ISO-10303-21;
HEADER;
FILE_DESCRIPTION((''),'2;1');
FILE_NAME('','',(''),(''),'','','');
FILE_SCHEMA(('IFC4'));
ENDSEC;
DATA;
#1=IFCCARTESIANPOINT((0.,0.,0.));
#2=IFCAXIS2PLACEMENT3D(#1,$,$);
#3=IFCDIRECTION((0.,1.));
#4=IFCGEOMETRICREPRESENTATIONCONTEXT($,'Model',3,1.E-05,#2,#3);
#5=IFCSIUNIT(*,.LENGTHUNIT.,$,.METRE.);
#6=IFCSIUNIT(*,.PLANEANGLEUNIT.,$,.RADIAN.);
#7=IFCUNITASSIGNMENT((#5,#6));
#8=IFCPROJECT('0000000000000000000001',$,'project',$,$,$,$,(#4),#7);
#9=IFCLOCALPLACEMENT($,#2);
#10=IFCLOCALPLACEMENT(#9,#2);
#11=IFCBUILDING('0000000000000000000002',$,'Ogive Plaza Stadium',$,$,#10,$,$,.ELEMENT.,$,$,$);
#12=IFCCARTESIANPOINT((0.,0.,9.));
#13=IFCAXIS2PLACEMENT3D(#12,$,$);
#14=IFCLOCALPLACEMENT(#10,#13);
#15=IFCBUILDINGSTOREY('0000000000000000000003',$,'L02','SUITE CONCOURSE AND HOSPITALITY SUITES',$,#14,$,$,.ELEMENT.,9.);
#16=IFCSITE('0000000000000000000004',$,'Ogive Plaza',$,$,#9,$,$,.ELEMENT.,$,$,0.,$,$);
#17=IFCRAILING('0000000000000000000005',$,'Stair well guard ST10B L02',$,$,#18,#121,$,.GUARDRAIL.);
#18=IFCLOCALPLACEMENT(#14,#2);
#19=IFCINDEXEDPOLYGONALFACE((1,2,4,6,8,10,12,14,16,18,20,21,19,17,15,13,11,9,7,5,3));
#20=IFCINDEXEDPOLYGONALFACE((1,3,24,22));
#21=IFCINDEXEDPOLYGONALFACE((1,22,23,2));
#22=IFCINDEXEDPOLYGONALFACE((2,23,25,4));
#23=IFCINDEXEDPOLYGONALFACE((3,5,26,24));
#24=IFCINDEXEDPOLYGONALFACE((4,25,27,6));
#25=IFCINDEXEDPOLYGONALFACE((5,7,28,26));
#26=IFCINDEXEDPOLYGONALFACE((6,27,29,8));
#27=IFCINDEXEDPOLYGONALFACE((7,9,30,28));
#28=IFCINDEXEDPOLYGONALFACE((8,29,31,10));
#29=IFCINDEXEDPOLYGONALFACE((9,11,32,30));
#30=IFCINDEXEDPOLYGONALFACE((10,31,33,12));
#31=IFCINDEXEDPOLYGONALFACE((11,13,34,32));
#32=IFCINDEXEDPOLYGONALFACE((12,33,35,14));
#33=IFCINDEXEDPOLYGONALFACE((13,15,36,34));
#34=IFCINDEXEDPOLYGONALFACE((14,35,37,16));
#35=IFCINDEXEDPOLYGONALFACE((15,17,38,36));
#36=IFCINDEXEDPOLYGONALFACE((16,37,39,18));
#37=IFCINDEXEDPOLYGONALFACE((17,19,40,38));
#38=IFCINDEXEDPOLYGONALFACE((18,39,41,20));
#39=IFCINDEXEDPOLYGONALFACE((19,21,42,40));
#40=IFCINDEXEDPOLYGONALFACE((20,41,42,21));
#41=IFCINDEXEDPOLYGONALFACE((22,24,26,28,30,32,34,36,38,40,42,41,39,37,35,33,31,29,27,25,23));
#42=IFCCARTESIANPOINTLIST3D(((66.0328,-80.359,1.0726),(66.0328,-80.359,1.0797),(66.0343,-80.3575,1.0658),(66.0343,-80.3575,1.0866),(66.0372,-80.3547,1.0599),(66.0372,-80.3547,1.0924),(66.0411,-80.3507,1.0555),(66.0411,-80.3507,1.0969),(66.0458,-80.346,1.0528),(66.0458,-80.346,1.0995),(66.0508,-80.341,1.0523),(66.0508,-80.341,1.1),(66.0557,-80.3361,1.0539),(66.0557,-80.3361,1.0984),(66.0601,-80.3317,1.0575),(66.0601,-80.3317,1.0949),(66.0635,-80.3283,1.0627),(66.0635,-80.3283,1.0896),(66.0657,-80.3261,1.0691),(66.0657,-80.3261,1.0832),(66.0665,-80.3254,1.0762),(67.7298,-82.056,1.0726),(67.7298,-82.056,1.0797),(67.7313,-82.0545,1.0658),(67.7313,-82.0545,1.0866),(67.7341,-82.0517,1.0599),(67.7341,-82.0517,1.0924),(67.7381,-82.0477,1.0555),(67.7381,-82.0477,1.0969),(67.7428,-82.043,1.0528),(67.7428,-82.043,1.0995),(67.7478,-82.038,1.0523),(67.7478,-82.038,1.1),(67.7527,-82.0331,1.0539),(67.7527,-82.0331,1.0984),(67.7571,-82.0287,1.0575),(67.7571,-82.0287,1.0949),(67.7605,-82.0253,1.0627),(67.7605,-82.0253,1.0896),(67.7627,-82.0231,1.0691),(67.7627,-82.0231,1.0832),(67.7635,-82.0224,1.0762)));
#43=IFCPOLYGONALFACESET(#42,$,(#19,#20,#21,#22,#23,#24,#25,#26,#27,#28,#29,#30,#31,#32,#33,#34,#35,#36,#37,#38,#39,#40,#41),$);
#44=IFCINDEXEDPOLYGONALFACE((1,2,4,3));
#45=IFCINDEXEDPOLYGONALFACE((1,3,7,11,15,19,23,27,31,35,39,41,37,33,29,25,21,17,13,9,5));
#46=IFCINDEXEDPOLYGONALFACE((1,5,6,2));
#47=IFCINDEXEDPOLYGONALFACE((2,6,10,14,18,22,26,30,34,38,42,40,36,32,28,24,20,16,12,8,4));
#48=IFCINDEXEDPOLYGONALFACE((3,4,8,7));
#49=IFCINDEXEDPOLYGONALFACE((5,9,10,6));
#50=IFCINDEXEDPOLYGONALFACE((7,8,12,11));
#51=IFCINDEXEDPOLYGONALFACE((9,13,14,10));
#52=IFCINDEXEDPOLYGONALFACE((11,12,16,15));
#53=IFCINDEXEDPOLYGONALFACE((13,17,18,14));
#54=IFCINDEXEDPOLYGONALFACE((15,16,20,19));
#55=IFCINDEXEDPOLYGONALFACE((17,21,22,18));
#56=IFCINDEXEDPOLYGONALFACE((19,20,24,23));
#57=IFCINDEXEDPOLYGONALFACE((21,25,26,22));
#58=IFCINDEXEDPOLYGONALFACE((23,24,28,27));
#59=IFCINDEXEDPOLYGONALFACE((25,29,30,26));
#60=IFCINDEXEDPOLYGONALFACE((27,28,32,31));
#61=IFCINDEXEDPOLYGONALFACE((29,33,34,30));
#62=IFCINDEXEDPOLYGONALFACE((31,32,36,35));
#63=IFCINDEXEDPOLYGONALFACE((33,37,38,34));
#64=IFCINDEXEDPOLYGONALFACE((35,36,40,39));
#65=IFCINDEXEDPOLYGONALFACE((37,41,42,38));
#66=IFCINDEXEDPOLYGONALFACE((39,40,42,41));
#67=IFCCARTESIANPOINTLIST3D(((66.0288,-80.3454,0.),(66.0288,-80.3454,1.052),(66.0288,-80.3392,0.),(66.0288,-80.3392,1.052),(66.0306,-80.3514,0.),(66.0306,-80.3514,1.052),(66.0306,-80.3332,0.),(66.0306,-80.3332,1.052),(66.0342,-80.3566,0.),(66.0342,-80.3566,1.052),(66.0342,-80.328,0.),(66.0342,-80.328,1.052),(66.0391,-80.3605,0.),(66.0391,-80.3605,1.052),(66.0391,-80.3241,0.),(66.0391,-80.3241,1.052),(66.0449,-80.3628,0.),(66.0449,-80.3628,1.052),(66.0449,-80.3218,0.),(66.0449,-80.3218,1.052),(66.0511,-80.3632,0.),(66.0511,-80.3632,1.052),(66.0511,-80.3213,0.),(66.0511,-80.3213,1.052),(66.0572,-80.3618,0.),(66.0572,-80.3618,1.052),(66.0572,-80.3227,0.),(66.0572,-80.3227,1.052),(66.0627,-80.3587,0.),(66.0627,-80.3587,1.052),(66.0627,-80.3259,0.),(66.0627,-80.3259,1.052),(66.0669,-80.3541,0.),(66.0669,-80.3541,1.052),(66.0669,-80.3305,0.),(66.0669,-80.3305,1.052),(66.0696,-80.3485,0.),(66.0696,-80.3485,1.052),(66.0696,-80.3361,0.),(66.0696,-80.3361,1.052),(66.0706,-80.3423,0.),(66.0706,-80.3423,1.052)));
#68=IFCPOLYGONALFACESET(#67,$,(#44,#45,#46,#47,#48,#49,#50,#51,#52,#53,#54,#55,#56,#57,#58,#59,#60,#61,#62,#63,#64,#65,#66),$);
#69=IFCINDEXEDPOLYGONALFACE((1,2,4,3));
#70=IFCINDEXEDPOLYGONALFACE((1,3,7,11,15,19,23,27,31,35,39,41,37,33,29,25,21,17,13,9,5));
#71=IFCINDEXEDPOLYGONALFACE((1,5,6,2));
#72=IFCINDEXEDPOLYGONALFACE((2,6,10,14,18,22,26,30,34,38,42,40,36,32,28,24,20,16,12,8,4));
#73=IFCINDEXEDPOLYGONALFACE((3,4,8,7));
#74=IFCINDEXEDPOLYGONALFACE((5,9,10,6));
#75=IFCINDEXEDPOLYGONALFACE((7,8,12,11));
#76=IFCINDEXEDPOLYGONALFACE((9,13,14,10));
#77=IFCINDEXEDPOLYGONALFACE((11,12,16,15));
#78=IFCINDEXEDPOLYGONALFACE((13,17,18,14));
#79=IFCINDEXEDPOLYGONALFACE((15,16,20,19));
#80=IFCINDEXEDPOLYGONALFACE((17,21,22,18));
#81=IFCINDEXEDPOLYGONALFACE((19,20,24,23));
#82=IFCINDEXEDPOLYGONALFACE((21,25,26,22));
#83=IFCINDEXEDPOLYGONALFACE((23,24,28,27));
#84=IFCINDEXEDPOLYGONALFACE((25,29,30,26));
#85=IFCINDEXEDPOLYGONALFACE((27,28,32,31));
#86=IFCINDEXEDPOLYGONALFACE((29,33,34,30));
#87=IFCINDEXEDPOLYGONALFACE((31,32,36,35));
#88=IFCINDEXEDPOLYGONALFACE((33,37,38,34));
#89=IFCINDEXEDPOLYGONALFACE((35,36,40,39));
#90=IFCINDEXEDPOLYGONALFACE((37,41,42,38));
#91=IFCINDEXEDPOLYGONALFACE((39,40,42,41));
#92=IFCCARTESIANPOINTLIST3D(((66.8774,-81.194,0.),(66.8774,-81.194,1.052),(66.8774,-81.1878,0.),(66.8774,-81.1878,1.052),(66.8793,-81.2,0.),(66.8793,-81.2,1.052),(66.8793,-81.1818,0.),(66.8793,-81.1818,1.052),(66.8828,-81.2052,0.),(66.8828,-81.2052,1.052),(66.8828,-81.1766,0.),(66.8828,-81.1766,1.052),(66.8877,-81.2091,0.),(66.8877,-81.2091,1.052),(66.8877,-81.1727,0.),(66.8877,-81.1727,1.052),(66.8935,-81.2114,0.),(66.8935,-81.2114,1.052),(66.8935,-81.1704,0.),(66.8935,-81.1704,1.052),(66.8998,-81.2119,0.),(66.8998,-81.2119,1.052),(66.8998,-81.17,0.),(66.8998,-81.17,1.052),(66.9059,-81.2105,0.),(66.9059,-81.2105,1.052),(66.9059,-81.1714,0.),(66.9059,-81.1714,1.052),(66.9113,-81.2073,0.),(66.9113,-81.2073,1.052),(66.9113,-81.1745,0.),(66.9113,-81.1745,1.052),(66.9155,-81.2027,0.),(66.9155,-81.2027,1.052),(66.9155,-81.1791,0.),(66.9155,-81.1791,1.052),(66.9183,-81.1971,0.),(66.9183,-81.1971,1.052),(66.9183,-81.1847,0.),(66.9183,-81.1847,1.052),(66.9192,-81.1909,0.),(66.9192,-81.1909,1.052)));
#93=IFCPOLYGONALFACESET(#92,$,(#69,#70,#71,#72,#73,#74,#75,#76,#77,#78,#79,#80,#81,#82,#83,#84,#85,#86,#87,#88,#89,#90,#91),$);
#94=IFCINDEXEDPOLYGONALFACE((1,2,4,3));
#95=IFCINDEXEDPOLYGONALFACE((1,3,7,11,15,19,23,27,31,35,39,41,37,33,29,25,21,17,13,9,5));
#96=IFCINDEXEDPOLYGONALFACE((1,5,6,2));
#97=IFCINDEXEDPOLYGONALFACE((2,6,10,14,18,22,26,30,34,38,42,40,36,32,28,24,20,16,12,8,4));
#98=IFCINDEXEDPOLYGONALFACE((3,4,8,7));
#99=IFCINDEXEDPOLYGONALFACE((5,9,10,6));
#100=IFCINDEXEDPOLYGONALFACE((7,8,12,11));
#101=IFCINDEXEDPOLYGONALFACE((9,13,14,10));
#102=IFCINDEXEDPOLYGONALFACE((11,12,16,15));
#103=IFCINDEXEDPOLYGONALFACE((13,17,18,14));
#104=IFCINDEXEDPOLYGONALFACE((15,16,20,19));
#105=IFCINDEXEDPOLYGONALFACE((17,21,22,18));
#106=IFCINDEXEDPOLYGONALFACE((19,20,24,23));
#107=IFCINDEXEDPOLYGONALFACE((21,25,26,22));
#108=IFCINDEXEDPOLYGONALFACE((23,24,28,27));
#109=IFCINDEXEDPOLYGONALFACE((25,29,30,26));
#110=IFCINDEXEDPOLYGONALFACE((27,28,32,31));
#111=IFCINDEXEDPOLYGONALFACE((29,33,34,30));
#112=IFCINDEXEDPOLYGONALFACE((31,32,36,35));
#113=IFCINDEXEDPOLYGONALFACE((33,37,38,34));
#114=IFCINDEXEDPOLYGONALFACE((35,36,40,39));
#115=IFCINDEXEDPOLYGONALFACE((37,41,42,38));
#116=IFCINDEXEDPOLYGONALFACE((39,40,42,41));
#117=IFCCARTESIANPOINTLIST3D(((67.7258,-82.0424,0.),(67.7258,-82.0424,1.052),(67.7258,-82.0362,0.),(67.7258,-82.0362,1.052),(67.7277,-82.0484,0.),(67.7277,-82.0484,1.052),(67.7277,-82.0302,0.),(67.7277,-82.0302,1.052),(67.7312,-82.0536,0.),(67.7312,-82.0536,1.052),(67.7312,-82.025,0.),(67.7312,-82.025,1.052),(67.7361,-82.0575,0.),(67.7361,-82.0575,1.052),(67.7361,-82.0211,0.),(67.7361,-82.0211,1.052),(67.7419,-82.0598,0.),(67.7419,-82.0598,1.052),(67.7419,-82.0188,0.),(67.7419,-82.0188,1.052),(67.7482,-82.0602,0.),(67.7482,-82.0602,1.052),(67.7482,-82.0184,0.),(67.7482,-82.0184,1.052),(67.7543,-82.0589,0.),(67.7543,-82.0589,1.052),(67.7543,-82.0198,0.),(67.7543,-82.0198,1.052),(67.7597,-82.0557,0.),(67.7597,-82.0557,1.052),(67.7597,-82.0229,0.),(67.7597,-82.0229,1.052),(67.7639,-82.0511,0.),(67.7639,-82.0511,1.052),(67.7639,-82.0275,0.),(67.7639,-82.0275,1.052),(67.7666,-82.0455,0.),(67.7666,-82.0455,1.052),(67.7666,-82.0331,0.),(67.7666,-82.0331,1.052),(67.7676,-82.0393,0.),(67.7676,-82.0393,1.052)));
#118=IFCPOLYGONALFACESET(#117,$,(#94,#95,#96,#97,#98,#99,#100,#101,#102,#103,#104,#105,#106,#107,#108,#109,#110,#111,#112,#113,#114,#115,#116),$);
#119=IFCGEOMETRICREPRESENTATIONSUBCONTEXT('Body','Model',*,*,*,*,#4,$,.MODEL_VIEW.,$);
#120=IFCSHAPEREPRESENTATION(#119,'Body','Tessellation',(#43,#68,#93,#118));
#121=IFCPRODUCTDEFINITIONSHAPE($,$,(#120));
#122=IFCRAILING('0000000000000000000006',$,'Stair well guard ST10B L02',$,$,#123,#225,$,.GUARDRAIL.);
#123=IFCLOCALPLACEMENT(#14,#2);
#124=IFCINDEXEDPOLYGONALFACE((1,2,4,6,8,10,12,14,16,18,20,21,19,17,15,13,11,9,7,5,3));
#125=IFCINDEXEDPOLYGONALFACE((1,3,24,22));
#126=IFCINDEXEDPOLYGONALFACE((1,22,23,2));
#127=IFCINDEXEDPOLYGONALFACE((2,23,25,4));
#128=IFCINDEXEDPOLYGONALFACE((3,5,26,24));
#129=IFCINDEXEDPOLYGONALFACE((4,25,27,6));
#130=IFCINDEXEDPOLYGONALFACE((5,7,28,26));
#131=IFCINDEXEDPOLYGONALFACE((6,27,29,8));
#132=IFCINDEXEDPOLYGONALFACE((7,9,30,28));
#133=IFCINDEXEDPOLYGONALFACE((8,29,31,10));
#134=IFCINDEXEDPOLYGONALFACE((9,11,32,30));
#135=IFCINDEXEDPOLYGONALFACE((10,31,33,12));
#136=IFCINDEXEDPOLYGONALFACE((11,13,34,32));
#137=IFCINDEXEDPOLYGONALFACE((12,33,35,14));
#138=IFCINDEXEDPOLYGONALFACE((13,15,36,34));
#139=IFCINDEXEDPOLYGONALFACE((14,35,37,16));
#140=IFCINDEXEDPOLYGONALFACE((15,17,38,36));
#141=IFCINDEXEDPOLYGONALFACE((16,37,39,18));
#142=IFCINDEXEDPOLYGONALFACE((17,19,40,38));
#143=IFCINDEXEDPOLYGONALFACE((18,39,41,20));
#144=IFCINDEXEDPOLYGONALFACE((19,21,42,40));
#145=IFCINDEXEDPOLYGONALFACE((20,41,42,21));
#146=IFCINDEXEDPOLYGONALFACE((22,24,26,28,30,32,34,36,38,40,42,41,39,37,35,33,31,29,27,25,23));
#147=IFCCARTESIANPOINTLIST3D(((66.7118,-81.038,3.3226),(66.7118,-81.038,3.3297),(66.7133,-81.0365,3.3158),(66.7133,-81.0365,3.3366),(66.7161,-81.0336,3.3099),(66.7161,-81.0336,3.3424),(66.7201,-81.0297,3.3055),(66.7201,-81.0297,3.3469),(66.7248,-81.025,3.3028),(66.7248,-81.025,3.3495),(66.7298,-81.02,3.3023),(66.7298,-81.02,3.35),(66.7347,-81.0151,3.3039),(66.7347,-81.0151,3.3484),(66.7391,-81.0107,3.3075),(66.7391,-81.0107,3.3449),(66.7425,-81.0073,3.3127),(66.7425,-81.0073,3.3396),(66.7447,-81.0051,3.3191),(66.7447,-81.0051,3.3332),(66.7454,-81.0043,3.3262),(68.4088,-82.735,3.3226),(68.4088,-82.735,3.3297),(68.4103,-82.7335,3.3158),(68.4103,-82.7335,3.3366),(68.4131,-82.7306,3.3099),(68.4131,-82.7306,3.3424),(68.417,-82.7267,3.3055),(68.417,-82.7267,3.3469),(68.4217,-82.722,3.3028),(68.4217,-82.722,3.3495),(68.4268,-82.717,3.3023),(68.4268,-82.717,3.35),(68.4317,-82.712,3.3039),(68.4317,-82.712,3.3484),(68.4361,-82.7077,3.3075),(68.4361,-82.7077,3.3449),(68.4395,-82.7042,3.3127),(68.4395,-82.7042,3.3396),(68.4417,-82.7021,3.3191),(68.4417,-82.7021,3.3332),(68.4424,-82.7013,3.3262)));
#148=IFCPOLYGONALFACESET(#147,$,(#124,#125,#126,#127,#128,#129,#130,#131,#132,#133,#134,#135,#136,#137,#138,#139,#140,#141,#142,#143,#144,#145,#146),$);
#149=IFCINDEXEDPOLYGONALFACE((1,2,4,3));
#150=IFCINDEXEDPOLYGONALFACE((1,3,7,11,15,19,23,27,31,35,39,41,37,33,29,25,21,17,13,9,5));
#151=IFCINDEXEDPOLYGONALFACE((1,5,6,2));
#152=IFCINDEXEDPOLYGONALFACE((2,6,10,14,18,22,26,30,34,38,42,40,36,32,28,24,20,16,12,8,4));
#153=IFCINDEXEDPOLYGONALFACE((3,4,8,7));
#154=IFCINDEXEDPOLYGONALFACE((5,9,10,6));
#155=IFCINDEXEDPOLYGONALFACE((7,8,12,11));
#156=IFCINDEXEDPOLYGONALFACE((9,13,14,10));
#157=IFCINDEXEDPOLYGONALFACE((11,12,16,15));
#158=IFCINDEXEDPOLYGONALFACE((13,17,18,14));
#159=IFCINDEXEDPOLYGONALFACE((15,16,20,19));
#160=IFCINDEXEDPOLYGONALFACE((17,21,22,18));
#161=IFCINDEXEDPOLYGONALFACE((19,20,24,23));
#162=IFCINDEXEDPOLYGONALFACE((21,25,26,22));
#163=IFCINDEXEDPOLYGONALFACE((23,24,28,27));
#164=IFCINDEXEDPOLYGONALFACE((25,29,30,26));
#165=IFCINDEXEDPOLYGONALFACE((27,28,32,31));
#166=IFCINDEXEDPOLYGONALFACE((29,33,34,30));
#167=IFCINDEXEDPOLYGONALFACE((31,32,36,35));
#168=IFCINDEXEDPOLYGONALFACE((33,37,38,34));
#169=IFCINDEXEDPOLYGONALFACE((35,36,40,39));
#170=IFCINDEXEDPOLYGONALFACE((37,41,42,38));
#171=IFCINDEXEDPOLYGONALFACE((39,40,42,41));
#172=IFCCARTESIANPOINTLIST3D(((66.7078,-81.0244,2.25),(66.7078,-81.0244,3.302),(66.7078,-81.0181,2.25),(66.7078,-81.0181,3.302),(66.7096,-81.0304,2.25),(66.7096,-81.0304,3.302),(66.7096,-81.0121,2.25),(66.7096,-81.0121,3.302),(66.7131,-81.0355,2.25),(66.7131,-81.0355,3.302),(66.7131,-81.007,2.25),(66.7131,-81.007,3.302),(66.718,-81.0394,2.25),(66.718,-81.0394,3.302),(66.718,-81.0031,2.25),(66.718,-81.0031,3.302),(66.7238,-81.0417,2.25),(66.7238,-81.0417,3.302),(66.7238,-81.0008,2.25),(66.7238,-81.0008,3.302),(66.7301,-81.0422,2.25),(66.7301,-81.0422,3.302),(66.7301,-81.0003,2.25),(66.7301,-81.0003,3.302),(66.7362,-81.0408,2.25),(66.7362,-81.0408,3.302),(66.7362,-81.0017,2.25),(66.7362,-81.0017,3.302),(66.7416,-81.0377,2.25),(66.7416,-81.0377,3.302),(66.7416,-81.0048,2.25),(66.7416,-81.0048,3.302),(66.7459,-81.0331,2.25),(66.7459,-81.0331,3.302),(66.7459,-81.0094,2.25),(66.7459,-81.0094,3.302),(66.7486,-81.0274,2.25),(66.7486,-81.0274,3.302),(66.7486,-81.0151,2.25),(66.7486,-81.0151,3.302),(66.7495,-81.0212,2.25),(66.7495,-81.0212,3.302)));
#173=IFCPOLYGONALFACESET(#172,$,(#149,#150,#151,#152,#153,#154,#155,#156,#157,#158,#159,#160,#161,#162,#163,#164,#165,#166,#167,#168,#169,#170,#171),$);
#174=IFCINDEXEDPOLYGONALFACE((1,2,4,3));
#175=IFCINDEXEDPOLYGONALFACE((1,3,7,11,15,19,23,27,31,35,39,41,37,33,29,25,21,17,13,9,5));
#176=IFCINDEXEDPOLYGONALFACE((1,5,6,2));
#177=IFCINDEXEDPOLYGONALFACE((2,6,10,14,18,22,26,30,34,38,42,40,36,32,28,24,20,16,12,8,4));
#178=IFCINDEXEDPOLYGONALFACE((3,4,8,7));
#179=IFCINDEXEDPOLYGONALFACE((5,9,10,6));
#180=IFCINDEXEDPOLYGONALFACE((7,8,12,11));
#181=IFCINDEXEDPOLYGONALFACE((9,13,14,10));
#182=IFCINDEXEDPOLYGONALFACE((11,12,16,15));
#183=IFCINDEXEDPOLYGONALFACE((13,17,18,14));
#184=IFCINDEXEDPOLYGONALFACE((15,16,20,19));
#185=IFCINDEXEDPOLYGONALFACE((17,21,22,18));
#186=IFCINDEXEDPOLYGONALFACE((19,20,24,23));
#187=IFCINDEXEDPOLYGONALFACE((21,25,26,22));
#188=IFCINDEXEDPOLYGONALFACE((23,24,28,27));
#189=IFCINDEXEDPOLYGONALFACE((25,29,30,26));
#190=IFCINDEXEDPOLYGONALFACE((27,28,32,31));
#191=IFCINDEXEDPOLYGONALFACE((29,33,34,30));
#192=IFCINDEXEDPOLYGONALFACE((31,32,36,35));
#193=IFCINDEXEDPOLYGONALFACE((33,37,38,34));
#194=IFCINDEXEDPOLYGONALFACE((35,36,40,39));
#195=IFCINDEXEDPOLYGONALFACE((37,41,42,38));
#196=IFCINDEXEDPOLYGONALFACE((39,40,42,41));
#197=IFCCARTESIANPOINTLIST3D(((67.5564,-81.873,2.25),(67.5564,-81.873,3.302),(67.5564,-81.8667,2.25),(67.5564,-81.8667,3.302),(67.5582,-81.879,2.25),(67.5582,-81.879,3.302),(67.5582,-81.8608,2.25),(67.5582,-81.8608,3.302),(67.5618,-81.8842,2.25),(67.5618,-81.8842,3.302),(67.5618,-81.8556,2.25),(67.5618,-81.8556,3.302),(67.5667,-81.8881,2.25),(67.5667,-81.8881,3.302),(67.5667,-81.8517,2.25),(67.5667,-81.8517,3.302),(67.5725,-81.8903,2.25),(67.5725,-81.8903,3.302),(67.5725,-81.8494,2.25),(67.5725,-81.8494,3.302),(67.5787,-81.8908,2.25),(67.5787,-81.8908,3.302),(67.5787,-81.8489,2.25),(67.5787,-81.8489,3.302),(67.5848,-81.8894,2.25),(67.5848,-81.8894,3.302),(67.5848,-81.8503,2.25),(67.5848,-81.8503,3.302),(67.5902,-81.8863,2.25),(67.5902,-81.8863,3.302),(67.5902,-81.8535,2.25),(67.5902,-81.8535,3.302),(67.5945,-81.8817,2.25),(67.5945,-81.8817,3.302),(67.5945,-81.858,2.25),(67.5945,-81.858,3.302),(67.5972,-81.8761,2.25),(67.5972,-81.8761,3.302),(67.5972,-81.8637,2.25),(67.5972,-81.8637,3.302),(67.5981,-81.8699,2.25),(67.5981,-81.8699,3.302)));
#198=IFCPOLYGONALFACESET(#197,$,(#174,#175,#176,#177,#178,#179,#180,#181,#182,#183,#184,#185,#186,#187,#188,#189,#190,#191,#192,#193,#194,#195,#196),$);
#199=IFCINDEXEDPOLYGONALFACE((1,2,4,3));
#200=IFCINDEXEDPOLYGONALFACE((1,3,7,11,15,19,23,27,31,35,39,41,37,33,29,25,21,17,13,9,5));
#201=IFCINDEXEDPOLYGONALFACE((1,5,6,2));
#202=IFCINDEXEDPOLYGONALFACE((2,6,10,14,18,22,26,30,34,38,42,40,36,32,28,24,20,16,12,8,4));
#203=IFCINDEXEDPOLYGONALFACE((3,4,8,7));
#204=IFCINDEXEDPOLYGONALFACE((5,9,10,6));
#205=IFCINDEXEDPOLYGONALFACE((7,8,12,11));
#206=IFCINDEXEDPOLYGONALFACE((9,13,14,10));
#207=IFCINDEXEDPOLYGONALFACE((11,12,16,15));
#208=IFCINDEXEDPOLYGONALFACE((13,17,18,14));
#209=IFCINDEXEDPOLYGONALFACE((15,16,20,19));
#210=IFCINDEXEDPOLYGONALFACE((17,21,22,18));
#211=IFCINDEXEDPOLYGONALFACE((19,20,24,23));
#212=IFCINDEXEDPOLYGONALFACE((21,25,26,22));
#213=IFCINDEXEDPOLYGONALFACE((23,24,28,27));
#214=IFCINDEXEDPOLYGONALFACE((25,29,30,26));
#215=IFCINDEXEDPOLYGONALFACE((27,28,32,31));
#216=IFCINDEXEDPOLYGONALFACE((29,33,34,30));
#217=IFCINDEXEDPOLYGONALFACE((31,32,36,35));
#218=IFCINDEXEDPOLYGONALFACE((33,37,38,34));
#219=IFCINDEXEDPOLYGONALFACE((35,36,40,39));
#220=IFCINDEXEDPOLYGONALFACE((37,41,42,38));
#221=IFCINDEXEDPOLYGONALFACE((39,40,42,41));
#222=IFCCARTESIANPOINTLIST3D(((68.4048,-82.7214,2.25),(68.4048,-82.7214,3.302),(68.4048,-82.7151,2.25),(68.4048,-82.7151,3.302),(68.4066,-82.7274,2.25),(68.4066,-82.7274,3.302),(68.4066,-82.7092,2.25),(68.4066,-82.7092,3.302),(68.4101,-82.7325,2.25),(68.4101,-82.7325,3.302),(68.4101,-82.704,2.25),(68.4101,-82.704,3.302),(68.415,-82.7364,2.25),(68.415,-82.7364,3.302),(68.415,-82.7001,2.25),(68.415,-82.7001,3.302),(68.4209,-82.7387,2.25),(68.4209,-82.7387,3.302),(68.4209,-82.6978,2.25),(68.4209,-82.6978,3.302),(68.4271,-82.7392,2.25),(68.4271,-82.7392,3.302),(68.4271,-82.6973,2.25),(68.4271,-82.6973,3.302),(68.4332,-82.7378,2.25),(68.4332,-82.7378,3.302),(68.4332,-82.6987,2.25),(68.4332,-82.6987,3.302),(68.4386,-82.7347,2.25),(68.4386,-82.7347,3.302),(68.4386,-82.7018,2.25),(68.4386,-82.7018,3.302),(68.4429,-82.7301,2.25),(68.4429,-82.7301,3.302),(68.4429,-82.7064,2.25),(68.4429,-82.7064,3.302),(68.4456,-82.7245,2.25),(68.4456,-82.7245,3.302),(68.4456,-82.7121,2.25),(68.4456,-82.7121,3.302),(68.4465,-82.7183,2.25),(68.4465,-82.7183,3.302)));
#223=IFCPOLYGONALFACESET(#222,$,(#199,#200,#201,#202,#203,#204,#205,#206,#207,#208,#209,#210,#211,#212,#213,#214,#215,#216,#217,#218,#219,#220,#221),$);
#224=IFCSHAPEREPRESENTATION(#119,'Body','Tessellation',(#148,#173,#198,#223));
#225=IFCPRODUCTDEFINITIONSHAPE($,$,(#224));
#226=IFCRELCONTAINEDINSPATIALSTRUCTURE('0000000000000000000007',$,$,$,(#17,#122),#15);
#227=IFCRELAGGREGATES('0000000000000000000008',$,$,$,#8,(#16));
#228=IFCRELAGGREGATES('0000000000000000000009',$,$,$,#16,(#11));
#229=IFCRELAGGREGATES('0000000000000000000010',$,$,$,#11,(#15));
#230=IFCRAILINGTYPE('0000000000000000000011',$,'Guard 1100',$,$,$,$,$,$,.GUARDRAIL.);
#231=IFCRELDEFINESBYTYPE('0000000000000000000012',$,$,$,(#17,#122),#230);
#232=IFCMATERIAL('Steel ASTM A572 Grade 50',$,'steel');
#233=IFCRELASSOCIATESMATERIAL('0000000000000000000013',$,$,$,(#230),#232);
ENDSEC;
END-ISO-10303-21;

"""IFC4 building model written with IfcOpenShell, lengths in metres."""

from ifc_helpers import new_model, si_unit, direction, frame, origin, origin_2d, place, context, subcontext, project, spatial, circle, extrude, material, type_object, element, save


model = new_model("IFC4")

# Units and contexts
model_context = context("Model", 3, precision=1e-05, world=origin(), true_north=direction((0.0, 1.0)))
body_context = subcontext(model_context, "Body", "Model", "MODEL_VIEW")
ifc_project = project(units=[si_unit("LENGTHUNIT", "METRE"), si_unit("PLANEANGLEUNIT", "RADIAN")], contexts=[model_context])

# Site, building, storey
site_placement = place(None, origin())
site = spatial("IfcSite", under=ifc_project, at=site_placement, Name="Ogive Plaza", CompositionType="ELEMENT", RefElevation=0.0)
building_placement = place(site_placement, origin())
building = spatial("IfcBuilding", under=site, at=building_placement, Name="Ogive Plaza Stadium", CompositionType="ELEMENT")
storey_placement = place(building_placement, frame((0.0, 0.0, 9.0)))
storey = spatial("IfcBuildingStorey", under=building, at=storey_placement, Name="L02", Description="SUITE CONCOURSE AND HOSPITALITY SUITES", CompositionType="ELEMENT", Elevation=9.0)

# Railings
ifc_material_1 = material(Name="Steel ASTM A572 Grade 50", Category="steel")
railing_type_1 = type_object("IfcRailingType", Name="Guard 1100", PredefinedType="GUARDRAIL", material=ifc_material_1)
for number, where, name in (
    (1, (66.0496, -80.3423, 0.0), "Stair well guard ST10B L02"),
    (2, (66.7285, -81.0212, 2.25), "Stair well guard ST10B L02"),
):
    element("IfcRailing", number, at=place(storey_placement, frame(where)), inside=storey, type_object=railing_type_1, Name=name, PredefinedType="GUARDRAIL", context=body_context, shape_type="SweptSolid", body=[
        extrude(circle(Radius=0.0239, at=origin_2d()), frame((0.0, 0.0, 1.0762), z_axis=(0.707107, -0.707107, 0.0), x_axis=(0.707107, 0.707107, 0.0)), (0.0, 0.0, 1.0), 2.3999),
        extrude(circle(Radius=0.021, at=origin_2d()), origin(), (0.0, 0.0, 1.0), 1.052),
        extrude(circle(Radius=0.021, at=origin_2d()), frame((0.8486, -0.8486, 0.0)), (0.0, 0.0, 1.0), 1.052),
        extrude(circle(Radius=0.021, at=origin_2d()), frame((1.697, -1.697, 0.0)), (0.0, 0.0, 1.0), 1.052),
    ])

save(model, "model.ifc")
